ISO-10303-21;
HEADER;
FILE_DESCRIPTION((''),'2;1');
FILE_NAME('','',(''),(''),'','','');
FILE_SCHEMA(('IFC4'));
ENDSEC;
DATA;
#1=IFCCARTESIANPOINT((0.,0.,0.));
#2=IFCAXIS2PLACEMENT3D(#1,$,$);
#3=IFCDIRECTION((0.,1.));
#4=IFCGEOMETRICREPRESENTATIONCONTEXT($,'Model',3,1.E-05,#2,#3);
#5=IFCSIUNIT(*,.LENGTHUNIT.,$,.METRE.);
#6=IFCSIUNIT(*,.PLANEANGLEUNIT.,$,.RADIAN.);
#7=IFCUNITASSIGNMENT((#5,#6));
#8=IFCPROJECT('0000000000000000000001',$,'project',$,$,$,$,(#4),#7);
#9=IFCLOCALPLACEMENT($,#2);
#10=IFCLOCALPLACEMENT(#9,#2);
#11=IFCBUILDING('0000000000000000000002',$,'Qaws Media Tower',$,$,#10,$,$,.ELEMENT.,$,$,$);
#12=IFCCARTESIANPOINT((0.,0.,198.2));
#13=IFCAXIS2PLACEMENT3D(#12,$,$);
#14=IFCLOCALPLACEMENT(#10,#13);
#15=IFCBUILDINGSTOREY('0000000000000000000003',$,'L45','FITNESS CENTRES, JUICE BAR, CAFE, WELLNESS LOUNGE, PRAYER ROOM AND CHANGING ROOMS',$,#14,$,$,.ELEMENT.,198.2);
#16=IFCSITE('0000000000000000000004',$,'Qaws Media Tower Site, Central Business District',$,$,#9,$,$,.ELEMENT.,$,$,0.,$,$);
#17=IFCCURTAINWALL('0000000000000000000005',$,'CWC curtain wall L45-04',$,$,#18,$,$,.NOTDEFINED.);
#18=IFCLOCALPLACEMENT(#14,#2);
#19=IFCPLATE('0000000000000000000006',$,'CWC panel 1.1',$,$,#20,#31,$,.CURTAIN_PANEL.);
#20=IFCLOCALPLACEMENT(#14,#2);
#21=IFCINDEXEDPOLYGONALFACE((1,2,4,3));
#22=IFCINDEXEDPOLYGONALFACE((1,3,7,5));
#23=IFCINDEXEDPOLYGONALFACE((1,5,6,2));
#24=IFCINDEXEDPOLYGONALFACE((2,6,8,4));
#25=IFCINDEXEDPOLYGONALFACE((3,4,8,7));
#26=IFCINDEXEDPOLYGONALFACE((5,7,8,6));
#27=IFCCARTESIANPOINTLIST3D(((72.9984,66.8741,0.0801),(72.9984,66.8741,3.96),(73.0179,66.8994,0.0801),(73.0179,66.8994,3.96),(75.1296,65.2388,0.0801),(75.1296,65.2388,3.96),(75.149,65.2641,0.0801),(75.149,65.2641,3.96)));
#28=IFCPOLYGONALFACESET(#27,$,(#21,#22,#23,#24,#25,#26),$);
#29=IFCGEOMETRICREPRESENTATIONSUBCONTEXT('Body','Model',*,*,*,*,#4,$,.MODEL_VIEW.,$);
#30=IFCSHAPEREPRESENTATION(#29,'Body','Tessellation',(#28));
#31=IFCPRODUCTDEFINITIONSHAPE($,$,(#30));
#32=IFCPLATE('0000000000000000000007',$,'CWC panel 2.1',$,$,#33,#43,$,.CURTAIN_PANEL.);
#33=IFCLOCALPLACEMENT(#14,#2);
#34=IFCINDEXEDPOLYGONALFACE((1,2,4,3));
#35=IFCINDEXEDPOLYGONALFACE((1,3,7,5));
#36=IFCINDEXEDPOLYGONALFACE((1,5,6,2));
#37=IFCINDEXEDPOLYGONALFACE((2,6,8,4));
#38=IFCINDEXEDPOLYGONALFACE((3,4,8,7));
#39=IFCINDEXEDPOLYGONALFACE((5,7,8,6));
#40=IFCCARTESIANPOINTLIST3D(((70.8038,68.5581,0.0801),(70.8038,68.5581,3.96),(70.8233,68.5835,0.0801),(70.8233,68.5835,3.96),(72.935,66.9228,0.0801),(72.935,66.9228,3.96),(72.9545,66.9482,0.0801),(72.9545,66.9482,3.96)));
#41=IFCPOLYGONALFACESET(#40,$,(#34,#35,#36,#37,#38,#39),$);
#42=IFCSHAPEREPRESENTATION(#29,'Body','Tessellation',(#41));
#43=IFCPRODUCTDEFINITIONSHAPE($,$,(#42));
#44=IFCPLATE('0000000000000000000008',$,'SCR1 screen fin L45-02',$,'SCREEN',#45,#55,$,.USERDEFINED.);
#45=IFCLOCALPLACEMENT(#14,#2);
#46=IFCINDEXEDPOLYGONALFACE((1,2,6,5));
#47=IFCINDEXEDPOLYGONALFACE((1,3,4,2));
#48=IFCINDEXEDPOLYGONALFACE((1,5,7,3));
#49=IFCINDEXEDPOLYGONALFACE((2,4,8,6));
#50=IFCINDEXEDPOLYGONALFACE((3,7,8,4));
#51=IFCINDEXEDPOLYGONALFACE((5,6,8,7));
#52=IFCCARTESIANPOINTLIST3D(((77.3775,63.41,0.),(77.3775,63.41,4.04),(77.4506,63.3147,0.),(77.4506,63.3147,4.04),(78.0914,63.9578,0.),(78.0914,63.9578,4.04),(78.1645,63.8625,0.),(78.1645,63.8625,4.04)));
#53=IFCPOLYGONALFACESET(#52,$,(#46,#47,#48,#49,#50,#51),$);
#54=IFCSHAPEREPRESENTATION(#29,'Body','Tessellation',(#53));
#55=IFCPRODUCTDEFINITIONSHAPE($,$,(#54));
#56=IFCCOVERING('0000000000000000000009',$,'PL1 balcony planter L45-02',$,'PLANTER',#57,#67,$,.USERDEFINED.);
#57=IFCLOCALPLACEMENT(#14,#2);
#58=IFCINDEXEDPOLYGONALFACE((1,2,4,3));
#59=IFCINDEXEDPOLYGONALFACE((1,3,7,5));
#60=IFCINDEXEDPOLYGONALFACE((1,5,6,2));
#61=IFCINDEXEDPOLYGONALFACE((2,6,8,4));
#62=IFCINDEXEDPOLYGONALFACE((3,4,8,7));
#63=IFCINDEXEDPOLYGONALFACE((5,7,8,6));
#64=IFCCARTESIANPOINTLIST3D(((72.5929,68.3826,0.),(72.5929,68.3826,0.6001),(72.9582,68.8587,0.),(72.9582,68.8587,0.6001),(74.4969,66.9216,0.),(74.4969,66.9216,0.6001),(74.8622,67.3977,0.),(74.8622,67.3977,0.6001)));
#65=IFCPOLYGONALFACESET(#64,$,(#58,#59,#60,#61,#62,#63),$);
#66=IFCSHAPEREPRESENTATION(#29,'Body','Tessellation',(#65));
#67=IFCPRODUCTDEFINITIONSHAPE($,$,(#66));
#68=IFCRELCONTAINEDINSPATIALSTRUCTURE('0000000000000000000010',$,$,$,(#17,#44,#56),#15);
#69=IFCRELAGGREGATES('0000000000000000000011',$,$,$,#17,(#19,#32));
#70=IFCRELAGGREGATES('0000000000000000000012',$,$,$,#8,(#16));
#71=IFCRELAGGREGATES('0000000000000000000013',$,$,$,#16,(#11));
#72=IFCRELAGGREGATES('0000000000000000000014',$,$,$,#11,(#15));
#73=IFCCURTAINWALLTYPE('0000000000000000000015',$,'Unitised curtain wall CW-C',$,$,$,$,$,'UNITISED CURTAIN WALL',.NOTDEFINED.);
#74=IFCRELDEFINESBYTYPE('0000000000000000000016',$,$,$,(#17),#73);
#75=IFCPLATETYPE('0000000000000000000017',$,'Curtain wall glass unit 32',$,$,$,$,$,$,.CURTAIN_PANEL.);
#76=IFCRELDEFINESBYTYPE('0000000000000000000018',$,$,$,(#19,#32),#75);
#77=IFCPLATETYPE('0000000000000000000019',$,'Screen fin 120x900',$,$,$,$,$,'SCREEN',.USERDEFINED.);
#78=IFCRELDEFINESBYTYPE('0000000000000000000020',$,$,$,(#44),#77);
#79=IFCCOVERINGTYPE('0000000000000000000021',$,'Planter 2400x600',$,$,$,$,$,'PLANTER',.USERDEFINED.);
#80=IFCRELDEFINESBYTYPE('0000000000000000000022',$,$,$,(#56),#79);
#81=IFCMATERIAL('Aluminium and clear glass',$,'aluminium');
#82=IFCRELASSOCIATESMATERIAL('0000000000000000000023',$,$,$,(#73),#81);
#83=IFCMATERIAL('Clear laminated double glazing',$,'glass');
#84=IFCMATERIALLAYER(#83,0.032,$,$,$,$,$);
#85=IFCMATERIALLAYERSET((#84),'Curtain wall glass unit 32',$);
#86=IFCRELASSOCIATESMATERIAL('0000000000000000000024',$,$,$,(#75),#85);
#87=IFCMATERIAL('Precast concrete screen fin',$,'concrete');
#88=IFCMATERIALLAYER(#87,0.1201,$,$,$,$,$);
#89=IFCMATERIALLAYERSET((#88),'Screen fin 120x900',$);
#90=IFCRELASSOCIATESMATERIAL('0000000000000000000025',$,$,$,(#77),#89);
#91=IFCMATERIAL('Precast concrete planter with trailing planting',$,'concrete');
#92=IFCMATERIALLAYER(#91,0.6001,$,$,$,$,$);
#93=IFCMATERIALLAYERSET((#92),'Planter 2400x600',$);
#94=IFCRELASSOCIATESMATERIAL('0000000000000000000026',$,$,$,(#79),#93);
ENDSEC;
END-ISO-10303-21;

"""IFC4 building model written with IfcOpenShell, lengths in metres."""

from ifc_helpers import new_model, si_unit, direction, frame, origin, origin_2d, place, context, subcontext, project, spatial, rectangle, extrude, material, layer, layer_set, type_object, element, aggregate, save


model = new_model("IFC4")

# Units and contexts
model_context = context("Model", 3, precision=1e-05, world=origin(), true_north=direction((0.0, 1.0)))
body_context = subcontext(model_context, "Body", "Model", "MODEL_VIEW")
ifc_project = project(units=[si_unit("LENGTHUNIT", "METRE"), si_unit("PLANEANGLEUNIT", "RADIAN")], contexts=[model_context])

# Site, building, storey
site_placement = place(None, origin())
site = spatial("IfcSite", under=ifc_project, at=site_placement, Name="Qaws Media Tower Site, Central Business District", CompositionType="ELEMENT", RefElevation=0.0)
building_placement = place(site_placement, origin())
building = spatial("IfcBuilding", under=site, at=building_placement, Name="Qaws Media Tower", CompositionType="ELEMENT")
storey_placement = place(building_placement, frame((0.0, 0.0, 198.2)))
storey = spatial("IfcBuildingStorey", under=building, at=storey_placement, Name="L45", Description="FITNESS CENTRES, JUICE BAR, CAFE, WELLNESS LOUNGE, PRAYER ROOM AND CHANGING ROOMS", CompositionType="ELEMENT", Elevation=198.2)

# Shared definitions
ifc_material_1 = material(Name="Aluminium and clear glass", Category="aluminium")
curtain_wall_type = type_object("IfcCurtainWallType", Name="Unitised curtain wall CW-C", ElementType="UNITISED CURTAIN WALL", PredefinedType="NOTDEFINED", material=ifc_material_1)

# Curtain wall
curtain_wall_1_placement = place(storey_placement, origin())
curtain_wall_1 = element("IfcCurtainWall", 1, at=curtain_wall_1_placement, inside=storey, type_object=curtain_wall_type, Name="CWC curtain wall L45-04", PredefinedType="NOTDEFINED")

# Plates
ifc_material_2 = material(Name="Clear laminated double glazing", Category="glass")
ifc_layer_1 = layer(ifc_material_2, 0.032)
ifc_layer_set_1 = layer_set([ifc_layer_1], Name="Curtain wall glass unit 32")
plate_type_1 = type_object("IfcPlateType", Name="Curtain wall glass unit 32", PredefinedType="CURTAIN_PANEL", material=ifc_layer_set_1)
plate_1_placement = place(storey_placement, frame((74.0737, 66.0691, 0.0801), z_axis=(0.0, 0.0, 1.0), x_axis=(-0.793353, 0.608761, 0.0)))
plate_1 = element("IfcPlate", 2, at=plate_1_placement, type_object=plate_type_1, Name="CWC panel 1.1", PredefinedType="CURTAIN_PANEL", context=body_context, shape_type="SweptSolid", body=[
    extrude(rectangle(XDim=2.6863, YDim=0.032, at=origin_2d()), origin(), (0.0, 0.0, 1.0), 3.8799),
])
plate_2_placement = place(storey_placement, frame((71.8792, 67.7532, 0.0801), z_axis=(0.0, 0.0, 1.0), x_axis=(-0.793353, 0.608761, 0.0)))
plate_2 = element("IfcPlate", 3, at=plate_2_placement, type_object=plate_type_1, Name="CWC panel 2.1", PredefinedType="CURTAIN_PANEL", context=body_context, shape_type="SweptSolid", body=[
    extrude(rectangle(XDim=2.6863, YDim=0.032, at=origin_2d()), origin(), (0.0, 0.0, 1.0), 3.8799),
])
aggregate(curtain_wall_1, [plate_1, plate_2])
ifc_material_3 = material(Name="Precast concrete screen fin", Category="concrete")
ifc_layer_2 = layer(ifc_material_3, 0.1201)
ifc_layer_set_2 = layer_set([ifc_layer_2], Name="Screen fin 120x900")
plate_type_2 = type_object("IfcPlateType", Name="Screen fin 120x900", ElementType="SCREEN", PredefinedType="USERDEFINED", material=ifc_layer_set_2)
plate_3_placement = place(storey_placement, frame((77.771, 63.6362, 0.0), z_axis=(0.0, 0.0, 1.0), x_axis=(0.793353, 0.608761, 0.0)))
element("IfcPlate", 4, at=plate_3_placement, inside=storey, type_object=plate_type_2, Name="SCR1 screen fin L45-02", ObjectType="SCREEN", PredefinedType="USERDEFINED", context=body_context, shape_type="SweptSolid", body=[
    extrude(rectangle(XDim=0.8999, YDim=0.1201, at=origin_2d()), origin(), (0.0, 0.0, 1.0), 4.04),
])

# Covering
ifc_material_4 = material(Name="Precast concrete planter with trailing planting", Category="concrete")
ifc_layer_3 = layer(ifc_material_4, 0.6001)
ifc_layer_set_3 = layer_set([ifc_layer_3], Name="Planter 2400x600")
covering_type = type_object("IfcCoveringType", Name="Planter 2400x600", ElementType="PLANTER", PredefinedType="USERDEFINED", material=ifc_layer_set_3)
covering_placement = place(storey_placement, frame((73.7275, 67.8901, 0.0), z_axis=(0.0, 0.0, 1.0), x_axis=(-0.793353, 0.608761, 0.0)))
element("IfcCovering", 5, at=covering_placement, inside=storey, type_object=covering_type, Name="PL1 balcony planter L45-02", ObjectType="PLANTER", PredefinedType="USERDEFINED", context=body_context, shape_type="SweptSolid", body=[
    extrude(rectangle(XDim=2.3999, YDim=0.6001, at=origin_2d()), origin(), (0.0, 0.0, 1.0), 0.6001),
])

save(model, "model.ifc")
